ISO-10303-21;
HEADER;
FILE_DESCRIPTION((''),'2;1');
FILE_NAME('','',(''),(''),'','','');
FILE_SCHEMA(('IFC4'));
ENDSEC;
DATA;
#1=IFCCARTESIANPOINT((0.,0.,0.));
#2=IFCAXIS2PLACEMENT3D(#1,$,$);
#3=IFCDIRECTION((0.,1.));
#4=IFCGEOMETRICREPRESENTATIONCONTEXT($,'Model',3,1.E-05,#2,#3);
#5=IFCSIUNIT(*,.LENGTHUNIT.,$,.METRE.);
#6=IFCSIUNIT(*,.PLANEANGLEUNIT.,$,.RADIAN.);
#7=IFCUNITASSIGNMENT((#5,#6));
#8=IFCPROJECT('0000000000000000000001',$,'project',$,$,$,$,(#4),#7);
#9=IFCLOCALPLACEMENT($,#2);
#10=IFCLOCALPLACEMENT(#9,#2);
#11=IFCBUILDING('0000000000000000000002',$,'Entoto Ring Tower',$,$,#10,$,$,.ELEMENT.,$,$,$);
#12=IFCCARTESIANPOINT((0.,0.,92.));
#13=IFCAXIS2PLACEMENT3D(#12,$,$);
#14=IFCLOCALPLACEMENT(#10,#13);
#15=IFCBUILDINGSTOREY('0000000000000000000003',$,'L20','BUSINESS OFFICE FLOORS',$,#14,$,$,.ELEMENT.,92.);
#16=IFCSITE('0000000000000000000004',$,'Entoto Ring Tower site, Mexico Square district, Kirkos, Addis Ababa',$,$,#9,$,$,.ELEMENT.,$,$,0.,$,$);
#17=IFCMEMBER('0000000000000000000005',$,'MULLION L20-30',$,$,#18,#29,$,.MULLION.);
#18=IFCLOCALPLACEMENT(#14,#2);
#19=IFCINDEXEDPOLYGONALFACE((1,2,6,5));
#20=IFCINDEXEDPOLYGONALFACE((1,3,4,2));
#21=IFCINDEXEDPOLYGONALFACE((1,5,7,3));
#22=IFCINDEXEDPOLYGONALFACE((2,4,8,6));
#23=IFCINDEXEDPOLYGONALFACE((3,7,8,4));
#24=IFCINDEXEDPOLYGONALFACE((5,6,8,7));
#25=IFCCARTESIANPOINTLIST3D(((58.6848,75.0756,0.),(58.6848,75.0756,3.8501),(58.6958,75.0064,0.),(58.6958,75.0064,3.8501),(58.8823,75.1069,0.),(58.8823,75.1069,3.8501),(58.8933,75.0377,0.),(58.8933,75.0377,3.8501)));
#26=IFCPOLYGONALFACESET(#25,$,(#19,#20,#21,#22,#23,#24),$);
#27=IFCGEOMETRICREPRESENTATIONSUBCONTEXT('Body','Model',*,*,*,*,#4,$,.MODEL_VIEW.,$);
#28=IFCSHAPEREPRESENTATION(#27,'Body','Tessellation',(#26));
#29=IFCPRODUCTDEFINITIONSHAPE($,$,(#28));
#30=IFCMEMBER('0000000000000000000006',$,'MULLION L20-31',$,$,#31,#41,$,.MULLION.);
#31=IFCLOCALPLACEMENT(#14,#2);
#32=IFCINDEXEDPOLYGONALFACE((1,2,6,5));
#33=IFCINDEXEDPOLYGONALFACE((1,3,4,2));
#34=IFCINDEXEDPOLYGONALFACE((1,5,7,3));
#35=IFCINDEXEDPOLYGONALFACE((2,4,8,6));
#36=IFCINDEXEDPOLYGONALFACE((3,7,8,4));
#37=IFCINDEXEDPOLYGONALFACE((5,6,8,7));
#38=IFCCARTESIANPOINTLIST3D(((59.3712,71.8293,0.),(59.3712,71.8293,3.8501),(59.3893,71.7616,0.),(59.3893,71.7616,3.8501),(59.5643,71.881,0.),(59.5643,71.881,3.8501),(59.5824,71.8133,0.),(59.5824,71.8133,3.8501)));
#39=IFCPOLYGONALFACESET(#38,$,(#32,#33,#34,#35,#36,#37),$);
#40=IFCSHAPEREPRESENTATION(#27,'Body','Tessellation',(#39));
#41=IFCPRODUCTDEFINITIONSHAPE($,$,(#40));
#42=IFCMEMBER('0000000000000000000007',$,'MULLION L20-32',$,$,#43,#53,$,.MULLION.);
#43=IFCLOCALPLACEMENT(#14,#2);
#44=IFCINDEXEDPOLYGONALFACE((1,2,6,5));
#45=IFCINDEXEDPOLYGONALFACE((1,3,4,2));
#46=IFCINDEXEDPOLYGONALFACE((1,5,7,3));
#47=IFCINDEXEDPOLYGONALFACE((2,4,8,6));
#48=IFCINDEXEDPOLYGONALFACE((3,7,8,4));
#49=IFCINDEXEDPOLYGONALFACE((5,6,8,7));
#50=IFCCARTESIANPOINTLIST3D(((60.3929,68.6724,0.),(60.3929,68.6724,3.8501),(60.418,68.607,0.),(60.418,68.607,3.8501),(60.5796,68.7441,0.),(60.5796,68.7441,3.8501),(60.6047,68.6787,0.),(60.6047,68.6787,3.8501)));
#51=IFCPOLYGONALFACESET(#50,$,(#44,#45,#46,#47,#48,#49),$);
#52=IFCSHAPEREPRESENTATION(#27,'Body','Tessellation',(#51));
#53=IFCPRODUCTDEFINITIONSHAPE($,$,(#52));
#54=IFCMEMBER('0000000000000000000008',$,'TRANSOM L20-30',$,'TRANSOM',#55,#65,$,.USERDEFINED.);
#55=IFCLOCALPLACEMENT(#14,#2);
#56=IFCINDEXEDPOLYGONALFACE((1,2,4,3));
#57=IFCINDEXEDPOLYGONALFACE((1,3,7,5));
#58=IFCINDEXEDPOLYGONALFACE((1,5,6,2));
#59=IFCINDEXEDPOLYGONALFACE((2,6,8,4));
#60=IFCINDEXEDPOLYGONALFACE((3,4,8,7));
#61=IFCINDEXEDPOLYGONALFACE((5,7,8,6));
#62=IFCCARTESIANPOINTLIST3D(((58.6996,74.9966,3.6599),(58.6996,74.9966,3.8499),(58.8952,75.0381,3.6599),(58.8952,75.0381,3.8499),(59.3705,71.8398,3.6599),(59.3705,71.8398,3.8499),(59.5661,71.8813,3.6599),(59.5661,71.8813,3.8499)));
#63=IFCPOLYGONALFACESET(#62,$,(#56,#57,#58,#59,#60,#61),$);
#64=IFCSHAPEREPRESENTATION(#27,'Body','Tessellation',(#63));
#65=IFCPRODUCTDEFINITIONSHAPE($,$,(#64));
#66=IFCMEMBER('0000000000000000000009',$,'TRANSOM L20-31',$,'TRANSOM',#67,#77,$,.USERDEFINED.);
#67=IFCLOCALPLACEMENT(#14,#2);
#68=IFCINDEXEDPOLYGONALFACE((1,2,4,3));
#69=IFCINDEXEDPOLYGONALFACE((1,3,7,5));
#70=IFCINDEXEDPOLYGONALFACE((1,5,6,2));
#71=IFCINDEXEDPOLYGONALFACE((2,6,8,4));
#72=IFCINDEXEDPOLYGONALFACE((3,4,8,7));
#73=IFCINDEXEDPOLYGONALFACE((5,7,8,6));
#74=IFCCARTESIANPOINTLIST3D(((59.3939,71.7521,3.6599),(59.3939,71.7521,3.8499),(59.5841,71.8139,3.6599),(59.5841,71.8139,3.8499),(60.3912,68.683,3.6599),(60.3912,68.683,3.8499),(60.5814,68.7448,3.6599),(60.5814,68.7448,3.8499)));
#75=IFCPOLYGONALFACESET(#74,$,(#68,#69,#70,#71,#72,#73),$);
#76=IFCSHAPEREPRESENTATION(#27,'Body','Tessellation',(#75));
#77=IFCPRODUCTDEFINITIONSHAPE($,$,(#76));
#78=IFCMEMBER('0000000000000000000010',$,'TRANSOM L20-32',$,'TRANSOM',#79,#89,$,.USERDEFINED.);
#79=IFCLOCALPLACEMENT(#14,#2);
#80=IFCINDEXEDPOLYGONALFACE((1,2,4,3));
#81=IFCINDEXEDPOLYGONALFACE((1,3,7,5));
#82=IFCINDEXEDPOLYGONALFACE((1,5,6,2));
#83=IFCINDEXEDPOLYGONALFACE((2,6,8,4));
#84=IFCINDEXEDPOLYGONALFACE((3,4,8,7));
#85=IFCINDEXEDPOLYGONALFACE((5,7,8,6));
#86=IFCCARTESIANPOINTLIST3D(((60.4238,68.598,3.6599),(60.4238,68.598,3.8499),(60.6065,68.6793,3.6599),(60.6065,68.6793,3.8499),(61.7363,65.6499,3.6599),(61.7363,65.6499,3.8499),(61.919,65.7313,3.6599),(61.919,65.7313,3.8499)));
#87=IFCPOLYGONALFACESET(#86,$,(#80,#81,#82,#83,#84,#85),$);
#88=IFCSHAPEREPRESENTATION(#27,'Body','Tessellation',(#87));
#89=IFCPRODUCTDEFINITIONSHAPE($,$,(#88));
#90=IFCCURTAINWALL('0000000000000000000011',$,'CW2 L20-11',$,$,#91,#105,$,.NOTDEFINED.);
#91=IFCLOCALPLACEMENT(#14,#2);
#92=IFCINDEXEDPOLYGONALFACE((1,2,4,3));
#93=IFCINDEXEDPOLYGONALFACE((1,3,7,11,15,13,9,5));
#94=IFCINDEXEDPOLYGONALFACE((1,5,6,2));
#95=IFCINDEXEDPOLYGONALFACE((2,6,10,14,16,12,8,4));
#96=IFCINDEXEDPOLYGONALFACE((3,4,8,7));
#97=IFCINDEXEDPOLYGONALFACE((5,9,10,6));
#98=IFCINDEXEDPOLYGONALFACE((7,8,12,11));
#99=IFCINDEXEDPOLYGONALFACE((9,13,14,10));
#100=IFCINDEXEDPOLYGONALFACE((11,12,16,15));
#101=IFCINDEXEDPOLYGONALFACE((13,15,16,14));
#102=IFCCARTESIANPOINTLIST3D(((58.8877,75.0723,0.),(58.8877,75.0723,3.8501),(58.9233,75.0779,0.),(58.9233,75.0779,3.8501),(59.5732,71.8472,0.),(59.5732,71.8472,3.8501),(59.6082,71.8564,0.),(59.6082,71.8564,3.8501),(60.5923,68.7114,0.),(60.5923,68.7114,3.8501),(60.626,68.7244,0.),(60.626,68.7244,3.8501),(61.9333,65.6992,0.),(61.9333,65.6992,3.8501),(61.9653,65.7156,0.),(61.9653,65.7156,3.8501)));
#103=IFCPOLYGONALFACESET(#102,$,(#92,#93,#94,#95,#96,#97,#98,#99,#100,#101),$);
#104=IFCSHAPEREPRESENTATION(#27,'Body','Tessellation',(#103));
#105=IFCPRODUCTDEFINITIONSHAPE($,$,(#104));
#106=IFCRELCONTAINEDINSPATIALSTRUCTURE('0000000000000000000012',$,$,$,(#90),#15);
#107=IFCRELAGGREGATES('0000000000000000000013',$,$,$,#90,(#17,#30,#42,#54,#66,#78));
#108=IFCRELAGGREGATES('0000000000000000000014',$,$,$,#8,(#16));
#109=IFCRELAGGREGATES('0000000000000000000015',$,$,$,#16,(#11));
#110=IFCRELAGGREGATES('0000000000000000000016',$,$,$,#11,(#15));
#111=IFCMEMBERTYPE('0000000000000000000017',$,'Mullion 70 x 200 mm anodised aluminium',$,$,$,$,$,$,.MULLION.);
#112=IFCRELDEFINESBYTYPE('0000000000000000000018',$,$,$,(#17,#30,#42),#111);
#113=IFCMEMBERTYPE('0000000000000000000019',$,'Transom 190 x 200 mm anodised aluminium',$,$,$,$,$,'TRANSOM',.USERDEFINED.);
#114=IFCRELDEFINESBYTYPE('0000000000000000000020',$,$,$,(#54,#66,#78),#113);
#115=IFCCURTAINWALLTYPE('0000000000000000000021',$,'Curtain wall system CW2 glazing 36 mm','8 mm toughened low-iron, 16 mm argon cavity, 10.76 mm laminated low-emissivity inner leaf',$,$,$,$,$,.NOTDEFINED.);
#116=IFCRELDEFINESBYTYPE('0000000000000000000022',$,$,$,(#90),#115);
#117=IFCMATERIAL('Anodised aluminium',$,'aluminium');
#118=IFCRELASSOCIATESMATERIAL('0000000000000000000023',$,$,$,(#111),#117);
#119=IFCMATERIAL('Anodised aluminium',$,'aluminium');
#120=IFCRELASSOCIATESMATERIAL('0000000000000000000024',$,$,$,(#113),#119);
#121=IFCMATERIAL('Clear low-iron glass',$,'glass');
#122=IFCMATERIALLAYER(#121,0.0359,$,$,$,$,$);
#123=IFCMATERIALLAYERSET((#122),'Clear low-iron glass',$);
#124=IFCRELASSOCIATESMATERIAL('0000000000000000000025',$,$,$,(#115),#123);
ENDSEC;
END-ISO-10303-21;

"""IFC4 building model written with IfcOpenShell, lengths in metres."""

from ifc_helpers import new_model, si_unit, direction, frame, origin, origin_2d, place, context, subcontext, project, spatial, polyline, rectangle, outline, extrude, material, layer, layer_set, material_profile, profile_set, type_object, element, aggregate, save


model = new_model("IFC4")

# Units and contexts
model_context = context("Model", 3, precision=1e-05, world=origin(), true_north=direction((0.0, 1.0)))
body_context = subcontext(model_context, "Body", "Model", "MODEL_VIEW")
ifc_project = project(units=[si_unit("LENGTHUNIT", "METRE"), si_unit("PLANEANGLEUNIT", "RADIAN")], contexts=[model_context])

# Members
ifc_material_1 = material(Name="Anodised aluminium", Category="aluminium")
ifc_material_profile_1 = material_profile(ifc_material_1, rectangle(XDim=0.0701, YDim=0.2, at=origin_2d()), Name="Mullion 70 x 200 mm anodised aluminium")
ifc_profile_set_1 = profile_set([ifc_material_profile_1], Name="Anodised aluminium")
member_type_1 = type_object("IfcMemberType", Name="Mullion 70 x 200 mm anodised aluminium", PredefinedType="MULLION", material=ifc_profile_set_1)
site_placement = place(None, origin())
building_placement = place(site_placement, origin())
storey_placement = place(building_placement, frame((0.0, 0.0, 92.0)))
member_1_placement = place(storey_placement, frame((58.7891, 75.0566, 0.0), z_axis=(0.0, 0.0, 1.0), x_axis=(0.156434, -0.987688, 0.0)))
member_1 = element("IfcMember", 1, at=member_1_placement, type_object=member_type_1, Name="MULLION L20-30", PredefinedType="MULLION", context=body_context, shape_type="SweptSolid", body=[
    extrude(rectangle(XDim=0.0701, YDim=0.2, at=origin_2d()), origin(), (0.0, 0.0, 1.0), 3.8501),
])
member_2_placement = place(storey_placement, frame((59.4768, 71.8213, 0.0), z_axis=(0.0, 0.0, 1.0), x_axis=(0.258819, -0.965926, 0.0)))
member_2 = element("IfcMember", 2, at=member_2_placement, type_object=member_type_1, Name="MULLION L20-31", PredefinedType="MULLION", context=body_context, shape_type="SweptSolid", body=[
    extrude(rectangle(XDim=0.0701, YDim=0.2, at=origin_2d()), origin(), (0.0, 0.0, 1.0), 3.8501),
])
member_3_placement = place(storey_placement, frame((60.4988, 68.6755, 0.0), z_axis=(0.0, 0.0, 1.0), x_axis=(0.358368, -0.93358, 0.0)))
member_3 = element("IfcMember", 3, at=member_3_placement, type_object=member_type_1, Name="MULLION L20-32", PredefinedType="MULLION", context=body_context, shape_type="SweptSolid", body=[
    extrude(rectangle(XDim=0.0701, YDim=0.2, at=origin_2d()), origin(), (0.0, 0.0, 1.0), 3.8501),
])
ifc_material_2 = material(Name="Anodised aluminium", Category="aluminium")
ifc_material_profile_2 = material_profile(ifc_material_2, rectangle(XDim=0.2, YDim=0.1899, at=origin_2d()), Name="Transom 190 x 200 mm anodised aluminium")
ifc_profile_set_2 = profile_set([ifc_material_profile_2], Name="Anodised aluminium")
member_type_2 = type_object("IfcMemberType", Name="Transom 190 x 200 mm anodised aluminium", ElementType="TRANSOM", PredefinedType="USERDEFINED", material=ifc_profile_set_2)
member_4_placement = place(storey_placement, frame((58.7974, 75.0173, 3.7549), z_axis=(0.207886, -0.978153, 0.0), x_axis=(0.978153, 0.207886, 0.0)))
member_4 = element("IfcMember", 4, at=member_4_placement, type_object=member_type_2, Name="TRANSOM L20-30", ObjectType="TRANSOM", PredefinedType="USERDEFINED", context=body_context, shape_type="SweptSolid", body=[
    extrude(rectangle(XDim=0.2, YDim=0.1899, at=origin_2d()), origin(), (0.0, 0.0, 1.0), 3.2273),
])
member_5_placement = place(storey_placement, frame((59.489, 71.783, 3.7549), z_axis=(0.309047, -0.951047, 0.0), x_axis=(0.951047, 0.309047, 0.0)))
member_5 = element("IfcMember", 5, at=member_5_placement, type_object=member_type_2, Name="TRANSOM L20-31", ObjectType="TRANSOM", PredefinedType="USERDEFINED", context=body_context, shape_type="SweptSolid", body=[
    extrude(rectangle(XDim=0.2, YDim=0.1899, at=origin_2d()), origin(), (0.0, 0.0, 1.0), 3.2271),
])
member_6_placement = place(storey_placement, frame((60.5151, 68.6387, 3.7549), z_axis=(0.406728, -0.913549, 0.0), x_axis=(0.913549, 0.406728, 0.0)))
member_6 = element("IfcMember", 6, at=member_6_placement, type_object=member_type_2, Name="TRANSOM L20-32", ObjectType="TRANSOM", PredefinedType="USERDEFINED", context=body_context, shape_type="SweptSolid", body=[
    extrude(rectangle(XDim=0.2, YDim=0.1899, at=origin_2d()), origin(), (0.0, 0.0, 1.0), 3.2271),
])

# Site, building, storey
site = spatial("IfcSite", under=ifc_project, at=site_placement, Name="Entoto Ring Tower site, Mexico Square district, Kirkos, Addis Ababa", CompositionType="ELEMENT", RefElevation=0.0)
building = spatial("IfcBuilding", under=site, at=building_placement, Name="Entoto Ring Tower", CompositionType="ELEMENT")
storey = spatial("IfcBuildingStorey", under=building, at=storey_placement, Name="L20", Description="BUSINESS OFFICE FLOORS", CompositionType="ELEMENT", Elevation=92.0)

# Curtain wall
ifc_material_3 = material(Name="Clear low-iron glass", Category="glass")
ifc_layer = layer(ifc_material_3, 0.0359)
ifc_layer_set = layer_set([ifc_layer], Name="Clear low-iron glass")
curtain_wall_type = type_object("IfcCurtainWallType", Name="Curtain wall system CW2 glazing 36 mm", Description="8 mm toughened low-iron, 16 mm argon cavity, 10.76 mm laminated low-emissivity inner leaf", PredefinedType="NOTDEFINED", material=ifc_layer_set)
curtain_wall_1_placement = place(storey_placement, origin())
curtain_wall_1 = element("IfcCurtainWall", 7, at=curtain_wall_1_placement, inside=storey, type_object=curtain_wall_type, Name="CW2 L20-11", PredefinedType="NOTDEFINED", context=body_context, shape_type="SweptSolid", body=[
    extrude(outline(polyline([(58.8877, 75.0723), (59.5732, 71.8472), (60.5923, 68.7114), (61.9333, 65.6992), (61.9653, 65.7156), (60.626, 68.7244), (59.6082, 71.8564), (58.9233, 75.0779), (58.8877, 75.0723)])), origin(), (0.0, 0.0, 1.0), 3.8501),
])
aggregate(curtain_wall_1, [member_1, member_2, member_3, member_4, member_5, member_6])

save(model, "model.ifc")
